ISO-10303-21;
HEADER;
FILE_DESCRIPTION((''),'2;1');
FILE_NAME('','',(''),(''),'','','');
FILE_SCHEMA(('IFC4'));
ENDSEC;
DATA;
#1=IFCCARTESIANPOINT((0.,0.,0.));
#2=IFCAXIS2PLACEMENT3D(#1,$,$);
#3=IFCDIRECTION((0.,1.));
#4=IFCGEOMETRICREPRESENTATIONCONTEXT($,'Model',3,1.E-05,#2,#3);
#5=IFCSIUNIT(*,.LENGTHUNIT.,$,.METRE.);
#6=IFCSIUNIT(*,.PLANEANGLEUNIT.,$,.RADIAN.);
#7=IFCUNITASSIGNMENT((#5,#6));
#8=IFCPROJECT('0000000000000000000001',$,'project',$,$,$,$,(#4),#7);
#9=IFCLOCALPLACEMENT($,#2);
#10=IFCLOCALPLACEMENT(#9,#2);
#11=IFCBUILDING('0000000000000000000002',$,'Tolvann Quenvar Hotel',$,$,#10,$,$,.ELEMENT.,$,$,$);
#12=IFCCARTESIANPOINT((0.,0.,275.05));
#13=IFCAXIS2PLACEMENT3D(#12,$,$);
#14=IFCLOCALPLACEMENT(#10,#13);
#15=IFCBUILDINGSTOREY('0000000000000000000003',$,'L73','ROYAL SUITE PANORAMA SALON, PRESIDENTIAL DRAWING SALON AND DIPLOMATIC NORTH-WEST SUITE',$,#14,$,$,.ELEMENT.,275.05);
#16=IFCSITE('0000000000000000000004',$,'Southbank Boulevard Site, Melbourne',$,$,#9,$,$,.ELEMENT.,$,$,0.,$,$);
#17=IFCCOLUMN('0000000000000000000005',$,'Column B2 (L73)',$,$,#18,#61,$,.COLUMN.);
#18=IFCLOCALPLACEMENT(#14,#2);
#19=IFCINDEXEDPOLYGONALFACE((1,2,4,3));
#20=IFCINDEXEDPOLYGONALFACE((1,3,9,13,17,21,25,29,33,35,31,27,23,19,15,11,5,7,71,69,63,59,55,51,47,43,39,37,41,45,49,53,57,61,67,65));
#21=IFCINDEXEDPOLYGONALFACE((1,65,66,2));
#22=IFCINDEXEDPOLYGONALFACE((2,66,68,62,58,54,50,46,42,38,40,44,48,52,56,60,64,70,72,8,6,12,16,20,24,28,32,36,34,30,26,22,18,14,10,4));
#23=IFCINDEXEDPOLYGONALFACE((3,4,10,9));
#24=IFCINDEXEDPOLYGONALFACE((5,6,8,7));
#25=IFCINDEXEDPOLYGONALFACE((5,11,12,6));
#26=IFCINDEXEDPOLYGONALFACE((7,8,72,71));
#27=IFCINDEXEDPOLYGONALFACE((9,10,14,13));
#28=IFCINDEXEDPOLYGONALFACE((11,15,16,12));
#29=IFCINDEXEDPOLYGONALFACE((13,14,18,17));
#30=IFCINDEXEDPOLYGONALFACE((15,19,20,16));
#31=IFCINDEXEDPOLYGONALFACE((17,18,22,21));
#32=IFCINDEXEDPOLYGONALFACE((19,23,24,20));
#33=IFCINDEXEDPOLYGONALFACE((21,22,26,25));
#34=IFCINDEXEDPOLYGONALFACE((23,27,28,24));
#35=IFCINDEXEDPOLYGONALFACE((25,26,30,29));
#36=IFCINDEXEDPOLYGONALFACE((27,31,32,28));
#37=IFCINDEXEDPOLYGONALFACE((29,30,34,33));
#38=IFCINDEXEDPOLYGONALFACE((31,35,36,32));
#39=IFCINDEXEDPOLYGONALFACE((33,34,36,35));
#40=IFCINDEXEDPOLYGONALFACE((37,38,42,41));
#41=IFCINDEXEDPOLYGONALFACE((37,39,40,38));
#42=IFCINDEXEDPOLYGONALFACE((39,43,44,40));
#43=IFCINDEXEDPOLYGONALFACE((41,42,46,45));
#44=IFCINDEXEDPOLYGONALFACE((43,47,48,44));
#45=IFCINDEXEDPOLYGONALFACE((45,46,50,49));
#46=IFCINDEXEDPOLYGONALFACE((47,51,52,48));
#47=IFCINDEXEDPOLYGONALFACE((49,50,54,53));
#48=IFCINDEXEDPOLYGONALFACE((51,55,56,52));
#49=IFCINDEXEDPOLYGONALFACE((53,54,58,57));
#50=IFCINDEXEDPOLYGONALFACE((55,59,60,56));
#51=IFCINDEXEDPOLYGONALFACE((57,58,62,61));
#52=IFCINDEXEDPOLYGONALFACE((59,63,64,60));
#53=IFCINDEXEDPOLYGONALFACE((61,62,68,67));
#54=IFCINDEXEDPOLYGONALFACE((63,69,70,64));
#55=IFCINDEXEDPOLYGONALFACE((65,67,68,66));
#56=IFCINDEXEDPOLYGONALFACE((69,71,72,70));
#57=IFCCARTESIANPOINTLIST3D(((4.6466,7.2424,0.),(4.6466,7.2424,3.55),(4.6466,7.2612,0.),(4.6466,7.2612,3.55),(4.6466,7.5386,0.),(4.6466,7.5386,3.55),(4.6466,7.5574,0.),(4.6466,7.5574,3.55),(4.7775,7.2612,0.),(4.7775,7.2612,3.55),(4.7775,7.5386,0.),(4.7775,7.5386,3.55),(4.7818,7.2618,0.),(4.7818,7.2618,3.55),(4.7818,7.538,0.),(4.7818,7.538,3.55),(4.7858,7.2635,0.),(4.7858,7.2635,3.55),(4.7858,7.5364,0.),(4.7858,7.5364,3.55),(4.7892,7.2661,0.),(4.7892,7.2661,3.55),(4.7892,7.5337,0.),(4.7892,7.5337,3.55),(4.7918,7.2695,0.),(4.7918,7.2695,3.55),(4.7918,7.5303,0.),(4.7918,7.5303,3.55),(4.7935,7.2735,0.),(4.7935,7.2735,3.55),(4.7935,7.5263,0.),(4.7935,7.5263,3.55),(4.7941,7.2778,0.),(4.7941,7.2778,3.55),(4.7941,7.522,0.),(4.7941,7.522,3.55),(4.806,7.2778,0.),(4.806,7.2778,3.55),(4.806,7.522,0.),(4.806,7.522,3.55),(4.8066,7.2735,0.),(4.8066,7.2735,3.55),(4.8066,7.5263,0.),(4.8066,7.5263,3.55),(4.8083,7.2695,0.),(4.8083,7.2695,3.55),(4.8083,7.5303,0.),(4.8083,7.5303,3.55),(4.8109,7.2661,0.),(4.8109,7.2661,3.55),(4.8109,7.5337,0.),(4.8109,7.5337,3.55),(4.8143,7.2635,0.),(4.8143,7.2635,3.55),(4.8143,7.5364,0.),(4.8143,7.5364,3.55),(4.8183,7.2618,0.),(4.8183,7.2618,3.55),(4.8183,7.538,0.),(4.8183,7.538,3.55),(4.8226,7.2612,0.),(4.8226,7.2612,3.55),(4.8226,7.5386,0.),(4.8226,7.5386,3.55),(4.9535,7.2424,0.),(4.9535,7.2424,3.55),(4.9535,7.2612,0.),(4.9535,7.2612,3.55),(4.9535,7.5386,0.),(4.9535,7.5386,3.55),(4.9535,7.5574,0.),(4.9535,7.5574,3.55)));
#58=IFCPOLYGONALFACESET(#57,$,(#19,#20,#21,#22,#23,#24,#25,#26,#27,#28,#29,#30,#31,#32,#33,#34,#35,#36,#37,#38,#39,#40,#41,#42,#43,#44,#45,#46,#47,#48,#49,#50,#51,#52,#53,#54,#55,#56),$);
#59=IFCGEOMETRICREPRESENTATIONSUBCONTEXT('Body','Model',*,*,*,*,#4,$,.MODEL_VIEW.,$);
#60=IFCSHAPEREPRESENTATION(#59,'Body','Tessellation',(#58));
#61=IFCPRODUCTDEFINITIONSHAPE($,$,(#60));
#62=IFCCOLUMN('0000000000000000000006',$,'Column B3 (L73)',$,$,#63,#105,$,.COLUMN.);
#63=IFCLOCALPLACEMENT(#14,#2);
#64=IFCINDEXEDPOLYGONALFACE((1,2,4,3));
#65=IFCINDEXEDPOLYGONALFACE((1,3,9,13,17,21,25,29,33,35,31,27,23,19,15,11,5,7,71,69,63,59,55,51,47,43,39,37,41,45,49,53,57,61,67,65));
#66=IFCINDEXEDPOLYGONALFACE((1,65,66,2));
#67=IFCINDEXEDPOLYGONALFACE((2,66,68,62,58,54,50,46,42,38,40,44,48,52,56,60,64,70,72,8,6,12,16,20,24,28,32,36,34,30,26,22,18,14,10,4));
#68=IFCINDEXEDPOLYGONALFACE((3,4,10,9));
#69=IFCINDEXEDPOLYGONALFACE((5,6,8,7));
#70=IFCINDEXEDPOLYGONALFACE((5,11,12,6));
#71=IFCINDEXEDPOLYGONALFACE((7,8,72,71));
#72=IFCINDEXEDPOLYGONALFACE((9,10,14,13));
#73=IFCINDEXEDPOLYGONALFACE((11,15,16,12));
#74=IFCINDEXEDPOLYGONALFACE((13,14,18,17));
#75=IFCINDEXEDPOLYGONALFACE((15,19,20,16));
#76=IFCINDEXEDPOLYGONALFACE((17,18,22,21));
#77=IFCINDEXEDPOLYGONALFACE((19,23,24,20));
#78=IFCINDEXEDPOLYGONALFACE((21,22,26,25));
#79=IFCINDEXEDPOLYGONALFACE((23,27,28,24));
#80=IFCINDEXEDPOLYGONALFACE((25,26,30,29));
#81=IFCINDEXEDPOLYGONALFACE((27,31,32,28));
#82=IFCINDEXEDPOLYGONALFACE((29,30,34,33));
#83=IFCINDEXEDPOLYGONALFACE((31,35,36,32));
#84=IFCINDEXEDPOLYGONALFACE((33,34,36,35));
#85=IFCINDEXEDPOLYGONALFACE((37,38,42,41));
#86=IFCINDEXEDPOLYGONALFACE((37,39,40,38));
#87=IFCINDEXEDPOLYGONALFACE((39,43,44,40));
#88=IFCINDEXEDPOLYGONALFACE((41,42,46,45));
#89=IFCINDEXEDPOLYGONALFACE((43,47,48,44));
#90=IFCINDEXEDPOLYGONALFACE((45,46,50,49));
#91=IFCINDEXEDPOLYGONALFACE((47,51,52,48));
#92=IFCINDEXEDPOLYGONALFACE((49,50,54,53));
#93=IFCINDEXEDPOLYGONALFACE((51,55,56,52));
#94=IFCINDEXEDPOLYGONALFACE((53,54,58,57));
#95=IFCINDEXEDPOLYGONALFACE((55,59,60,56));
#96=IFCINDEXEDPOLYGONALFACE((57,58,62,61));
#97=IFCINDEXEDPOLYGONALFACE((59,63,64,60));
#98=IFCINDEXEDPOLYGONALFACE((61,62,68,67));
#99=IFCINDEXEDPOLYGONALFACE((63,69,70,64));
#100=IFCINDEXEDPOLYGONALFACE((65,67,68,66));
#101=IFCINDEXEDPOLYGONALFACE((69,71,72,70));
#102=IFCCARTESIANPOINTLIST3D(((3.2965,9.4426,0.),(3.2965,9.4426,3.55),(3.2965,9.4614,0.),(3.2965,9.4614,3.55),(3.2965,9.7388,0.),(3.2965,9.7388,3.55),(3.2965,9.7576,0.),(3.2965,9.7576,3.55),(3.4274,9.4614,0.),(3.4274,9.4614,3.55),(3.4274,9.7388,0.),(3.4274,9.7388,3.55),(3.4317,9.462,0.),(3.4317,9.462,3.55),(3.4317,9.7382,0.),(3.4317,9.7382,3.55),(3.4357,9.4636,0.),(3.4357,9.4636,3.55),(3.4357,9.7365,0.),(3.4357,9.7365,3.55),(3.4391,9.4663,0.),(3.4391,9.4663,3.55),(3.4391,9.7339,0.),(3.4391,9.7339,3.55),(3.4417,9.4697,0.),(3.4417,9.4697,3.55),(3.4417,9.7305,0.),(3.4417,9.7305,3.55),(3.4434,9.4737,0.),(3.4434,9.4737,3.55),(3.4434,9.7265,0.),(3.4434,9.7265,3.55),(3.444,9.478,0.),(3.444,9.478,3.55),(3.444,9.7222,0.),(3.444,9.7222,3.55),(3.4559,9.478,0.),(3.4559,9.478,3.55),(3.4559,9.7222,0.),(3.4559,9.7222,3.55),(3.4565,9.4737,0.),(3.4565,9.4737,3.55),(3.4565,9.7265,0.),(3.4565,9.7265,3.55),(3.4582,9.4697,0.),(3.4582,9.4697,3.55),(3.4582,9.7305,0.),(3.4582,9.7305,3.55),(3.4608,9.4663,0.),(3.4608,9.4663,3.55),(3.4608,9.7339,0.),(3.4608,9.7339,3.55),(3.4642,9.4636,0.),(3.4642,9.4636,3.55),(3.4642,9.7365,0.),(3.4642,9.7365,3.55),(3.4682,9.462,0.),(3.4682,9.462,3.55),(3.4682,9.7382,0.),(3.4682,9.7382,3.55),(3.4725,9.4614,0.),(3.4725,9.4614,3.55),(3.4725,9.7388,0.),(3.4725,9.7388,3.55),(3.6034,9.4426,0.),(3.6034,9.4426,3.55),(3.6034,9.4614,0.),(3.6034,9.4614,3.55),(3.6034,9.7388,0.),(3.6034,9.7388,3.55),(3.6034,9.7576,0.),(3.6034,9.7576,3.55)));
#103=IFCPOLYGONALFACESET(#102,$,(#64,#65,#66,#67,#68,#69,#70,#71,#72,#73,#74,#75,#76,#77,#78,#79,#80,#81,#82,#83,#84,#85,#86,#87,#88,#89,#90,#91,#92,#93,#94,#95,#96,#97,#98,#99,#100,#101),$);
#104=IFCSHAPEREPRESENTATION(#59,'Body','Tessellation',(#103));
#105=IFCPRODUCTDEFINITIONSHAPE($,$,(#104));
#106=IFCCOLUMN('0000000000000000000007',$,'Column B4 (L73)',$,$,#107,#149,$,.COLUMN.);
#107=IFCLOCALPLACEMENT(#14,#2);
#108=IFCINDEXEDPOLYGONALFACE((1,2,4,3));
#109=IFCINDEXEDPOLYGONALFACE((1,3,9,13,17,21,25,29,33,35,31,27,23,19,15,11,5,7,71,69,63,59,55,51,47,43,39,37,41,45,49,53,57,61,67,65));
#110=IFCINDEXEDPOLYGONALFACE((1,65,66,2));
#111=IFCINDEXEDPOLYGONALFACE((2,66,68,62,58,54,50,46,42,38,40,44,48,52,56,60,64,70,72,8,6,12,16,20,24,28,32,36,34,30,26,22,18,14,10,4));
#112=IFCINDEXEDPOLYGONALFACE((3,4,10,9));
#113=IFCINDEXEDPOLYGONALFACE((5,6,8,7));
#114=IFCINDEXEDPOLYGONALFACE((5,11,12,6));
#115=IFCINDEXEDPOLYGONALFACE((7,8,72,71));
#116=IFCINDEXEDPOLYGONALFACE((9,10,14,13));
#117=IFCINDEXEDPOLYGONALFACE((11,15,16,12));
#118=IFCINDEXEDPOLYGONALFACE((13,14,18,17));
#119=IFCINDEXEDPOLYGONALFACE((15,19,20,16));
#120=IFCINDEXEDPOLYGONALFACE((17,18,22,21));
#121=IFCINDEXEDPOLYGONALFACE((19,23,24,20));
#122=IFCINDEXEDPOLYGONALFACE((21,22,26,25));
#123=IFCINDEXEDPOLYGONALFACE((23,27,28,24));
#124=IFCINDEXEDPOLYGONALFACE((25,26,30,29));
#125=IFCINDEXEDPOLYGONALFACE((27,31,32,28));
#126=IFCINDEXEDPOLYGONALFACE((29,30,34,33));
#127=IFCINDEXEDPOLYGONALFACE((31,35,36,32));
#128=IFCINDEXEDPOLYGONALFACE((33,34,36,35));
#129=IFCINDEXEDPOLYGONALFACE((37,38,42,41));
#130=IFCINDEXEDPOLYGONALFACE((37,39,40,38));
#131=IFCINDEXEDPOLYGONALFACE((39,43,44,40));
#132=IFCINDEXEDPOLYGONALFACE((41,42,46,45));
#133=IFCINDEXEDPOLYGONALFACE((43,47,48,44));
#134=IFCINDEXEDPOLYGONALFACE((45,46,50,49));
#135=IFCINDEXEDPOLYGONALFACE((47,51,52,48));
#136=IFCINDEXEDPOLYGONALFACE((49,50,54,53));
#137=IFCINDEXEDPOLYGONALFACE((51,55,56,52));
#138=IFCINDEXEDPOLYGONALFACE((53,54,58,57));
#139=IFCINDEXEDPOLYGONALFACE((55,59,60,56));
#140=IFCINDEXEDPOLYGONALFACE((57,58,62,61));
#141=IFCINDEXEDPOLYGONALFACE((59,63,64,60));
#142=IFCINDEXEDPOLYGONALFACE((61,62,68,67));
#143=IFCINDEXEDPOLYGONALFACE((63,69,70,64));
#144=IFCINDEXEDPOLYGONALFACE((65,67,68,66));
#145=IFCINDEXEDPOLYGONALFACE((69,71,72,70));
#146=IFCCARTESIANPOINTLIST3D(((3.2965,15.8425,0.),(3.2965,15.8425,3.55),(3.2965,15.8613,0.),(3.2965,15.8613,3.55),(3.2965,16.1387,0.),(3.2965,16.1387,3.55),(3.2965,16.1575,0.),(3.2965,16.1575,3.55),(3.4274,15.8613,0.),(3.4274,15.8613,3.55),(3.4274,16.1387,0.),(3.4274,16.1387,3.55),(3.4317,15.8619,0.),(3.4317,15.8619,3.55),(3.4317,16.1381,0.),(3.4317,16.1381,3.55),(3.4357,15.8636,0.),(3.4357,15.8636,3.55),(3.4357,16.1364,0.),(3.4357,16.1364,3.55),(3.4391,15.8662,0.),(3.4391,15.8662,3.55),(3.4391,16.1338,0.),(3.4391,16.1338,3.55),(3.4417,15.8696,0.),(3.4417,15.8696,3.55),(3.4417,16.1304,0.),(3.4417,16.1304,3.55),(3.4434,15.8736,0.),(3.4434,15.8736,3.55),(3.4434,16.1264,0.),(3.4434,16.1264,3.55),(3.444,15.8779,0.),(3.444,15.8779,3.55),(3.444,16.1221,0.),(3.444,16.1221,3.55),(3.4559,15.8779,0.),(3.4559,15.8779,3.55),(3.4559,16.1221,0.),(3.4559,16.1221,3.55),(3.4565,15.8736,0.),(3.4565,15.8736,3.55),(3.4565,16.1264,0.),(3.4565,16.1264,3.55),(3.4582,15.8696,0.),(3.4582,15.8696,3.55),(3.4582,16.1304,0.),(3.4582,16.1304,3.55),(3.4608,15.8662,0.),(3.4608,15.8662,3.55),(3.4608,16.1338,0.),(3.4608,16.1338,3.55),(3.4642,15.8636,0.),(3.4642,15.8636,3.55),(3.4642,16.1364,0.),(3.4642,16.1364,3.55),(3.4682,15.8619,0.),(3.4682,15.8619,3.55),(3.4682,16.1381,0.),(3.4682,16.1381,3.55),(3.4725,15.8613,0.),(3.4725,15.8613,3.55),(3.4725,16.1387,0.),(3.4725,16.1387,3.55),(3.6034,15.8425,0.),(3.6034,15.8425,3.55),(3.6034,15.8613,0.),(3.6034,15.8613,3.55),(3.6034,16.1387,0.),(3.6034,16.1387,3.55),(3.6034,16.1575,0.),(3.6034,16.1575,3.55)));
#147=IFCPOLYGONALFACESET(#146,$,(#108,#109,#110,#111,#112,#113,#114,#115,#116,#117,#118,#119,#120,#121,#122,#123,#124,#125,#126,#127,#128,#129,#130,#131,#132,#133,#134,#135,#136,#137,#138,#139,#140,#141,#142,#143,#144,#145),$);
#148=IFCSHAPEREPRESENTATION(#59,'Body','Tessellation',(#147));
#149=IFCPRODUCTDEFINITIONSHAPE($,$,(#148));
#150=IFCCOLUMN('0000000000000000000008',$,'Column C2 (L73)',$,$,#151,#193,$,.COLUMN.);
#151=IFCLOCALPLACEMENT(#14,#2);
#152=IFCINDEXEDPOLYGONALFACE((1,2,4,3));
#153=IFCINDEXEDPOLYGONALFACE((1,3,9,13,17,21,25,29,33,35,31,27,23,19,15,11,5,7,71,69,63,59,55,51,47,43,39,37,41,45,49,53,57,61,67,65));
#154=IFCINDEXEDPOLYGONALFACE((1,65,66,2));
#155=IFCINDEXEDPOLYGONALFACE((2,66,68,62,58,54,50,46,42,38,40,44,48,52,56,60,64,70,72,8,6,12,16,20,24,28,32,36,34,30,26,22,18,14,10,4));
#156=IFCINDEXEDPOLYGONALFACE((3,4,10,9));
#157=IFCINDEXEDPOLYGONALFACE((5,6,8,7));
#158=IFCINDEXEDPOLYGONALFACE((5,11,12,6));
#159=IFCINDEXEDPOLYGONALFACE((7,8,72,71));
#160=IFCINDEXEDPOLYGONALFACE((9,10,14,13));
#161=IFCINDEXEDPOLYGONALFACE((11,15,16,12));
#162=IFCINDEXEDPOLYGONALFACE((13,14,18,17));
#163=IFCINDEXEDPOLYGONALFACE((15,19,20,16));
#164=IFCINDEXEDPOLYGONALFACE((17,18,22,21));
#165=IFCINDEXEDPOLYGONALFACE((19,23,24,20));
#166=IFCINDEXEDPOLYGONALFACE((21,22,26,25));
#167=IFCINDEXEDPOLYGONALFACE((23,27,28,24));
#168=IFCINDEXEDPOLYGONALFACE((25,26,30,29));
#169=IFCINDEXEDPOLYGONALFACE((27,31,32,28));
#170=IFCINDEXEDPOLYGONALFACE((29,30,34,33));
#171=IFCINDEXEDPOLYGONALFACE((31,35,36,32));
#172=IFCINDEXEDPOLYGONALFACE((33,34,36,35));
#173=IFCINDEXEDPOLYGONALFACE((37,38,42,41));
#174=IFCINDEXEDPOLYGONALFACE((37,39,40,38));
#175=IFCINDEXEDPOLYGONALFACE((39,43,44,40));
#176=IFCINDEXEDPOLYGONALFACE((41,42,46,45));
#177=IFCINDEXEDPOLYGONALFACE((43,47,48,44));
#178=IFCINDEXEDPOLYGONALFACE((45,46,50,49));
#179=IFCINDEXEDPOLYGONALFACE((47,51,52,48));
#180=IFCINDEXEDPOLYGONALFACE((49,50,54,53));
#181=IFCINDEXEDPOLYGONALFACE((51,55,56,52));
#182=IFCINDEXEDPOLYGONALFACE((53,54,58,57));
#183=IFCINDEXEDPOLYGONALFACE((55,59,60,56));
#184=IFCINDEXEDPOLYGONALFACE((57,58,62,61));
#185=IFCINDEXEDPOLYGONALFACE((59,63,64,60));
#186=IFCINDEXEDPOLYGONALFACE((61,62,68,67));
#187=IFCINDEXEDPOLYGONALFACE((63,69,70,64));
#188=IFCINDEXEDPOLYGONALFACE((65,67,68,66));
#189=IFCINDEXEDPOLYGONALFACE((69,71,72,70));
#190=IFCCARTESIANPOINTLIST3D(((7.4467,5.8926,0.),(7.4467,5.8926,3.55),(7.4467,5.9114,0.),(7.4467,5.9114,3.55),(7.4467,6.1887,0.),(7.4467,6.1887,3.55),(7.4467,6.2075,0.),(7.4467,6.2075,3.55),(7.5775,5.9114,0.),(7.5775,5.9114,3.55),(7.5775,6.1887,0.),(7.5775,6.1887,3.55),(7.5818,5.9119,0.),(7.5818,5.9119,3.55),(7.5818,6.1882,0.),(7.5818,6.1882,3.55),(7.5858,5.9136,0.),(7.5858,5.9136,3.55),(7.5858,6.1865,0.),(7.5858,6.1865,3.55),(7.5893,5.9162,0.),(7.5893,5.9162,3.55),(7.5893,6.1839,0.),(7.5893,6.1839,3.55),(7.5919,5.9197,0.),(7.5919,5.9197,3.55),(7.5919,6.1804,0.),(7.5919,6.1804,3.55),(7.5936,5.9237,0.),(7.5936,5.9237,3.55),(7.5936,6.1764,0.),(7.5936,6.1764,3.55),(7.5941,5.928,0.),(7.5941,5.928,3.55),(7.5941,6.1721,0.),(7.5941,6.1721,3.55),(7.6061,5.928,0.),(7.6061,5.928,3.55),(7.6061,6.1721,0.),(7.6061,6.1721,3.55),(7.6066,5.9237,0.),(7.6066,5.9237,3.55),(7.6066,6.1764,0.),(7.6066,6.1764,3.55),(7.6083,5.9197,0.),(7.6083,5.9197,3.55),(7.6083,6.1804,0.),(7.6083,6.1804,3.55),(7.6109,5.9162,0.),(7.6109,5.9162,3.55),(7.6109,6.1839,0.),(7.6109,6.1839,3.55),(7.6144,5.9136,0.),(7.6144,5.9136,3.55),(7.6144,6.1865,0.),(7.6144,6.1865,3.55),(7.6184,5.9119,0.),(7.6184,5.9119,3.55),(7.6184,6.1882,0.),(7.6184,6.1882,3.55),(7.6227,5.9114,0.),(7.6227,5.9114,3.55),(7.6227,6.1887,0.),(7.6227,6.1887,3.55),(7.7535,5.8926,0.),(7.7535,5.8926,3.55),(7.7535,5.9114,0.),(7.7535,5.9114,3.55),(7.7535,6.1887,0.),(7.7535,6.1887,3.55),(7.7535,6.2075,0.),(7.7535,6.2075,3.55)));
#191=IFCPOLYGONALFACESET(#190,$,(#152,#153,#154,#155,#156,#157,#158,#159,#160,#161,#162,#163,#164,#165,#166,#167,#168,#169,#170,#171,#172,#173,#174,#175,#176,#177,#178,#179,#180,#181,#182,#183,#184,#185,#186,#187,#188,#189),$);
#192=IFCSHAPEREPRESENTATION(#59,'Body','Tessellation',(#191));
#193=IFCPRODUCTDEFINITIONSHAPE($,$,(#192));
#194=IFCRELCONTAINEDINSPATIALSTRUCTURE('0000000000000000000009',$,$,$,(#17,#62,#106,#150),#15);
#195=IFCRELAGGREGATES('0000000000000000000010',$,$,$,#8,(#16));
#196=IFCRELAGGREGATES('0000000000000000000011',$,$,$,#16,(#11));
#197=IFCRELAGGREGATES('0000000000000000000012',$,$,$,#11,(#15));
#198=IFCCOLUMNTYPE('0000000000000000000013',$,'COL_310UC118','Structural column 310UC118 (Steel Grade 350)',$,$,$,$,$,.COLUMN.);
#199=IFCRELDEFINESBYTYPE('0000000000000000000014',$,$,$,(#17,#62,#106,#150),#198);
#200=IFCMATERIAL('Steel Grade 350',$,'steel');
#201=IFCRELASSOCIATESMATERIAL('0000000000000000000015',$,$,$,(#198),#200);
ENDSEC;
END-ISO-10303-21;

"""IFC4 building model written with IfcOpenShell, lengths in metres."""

from ifc_helpers import new_model, si_unit, direction, frame, origin, origin_2d, place, context, subcontext, project, spatial, i_section, extrude, source, transform, mapped, material, material_profile, profile_set, type_object, type_shapes, element, save


model = new_model("IFC4")

# Units and contexts
model_context = context("Model", 3, precision=1e-05, world=origin(), true_north=direction((0.0, 1.0)))
body_context = subcontext(model_context, "Body", "Model", "MODEL_VIEW")
ifc_project = project(units=[si_unit("LENGTHUNIT", "METRE"), si_unit("PLANEANGLEUNIT", "RADIAN")], contexts=[model_context])

# Site, building, storey
site_placement = place(None, origin())
site = spatial("IfcSite", under=ifc_project, at=site_placement, Name="Southbank Boulevard Site, Melbourne", CompositionType="ELEMENT", RefElevation=0.0)
building_placement = place(site_placement, origin())
building = spatial("IfcBuilding", under=site, at=building_placement, Name="Tolvann Quenvar Hotel", CompositionType="ELEMENT")
storey_placement = place(building_placement, frame((0.0, 0.0, 275.05)))
storey = spatial("IfcBuildingStorey", under=building, at=storey_placement, Name="L73", Description="ROYAL SUITE PANORAMA SALON, PRESIDENTIAL DRAWING SALON AND DIPLOMATIC NORTH-WEST SUITE", CompositionType="ELEMENT", Elevation=275.05)

# Columns
ifc_material_1 = material(Name="Steel Grade 350", Category="steel")
ifc_material_profile_1 = material_profile(ifc_material_1, i_section(OverallWidth=0.3069, OverallDepth=0.3149, WebThickness=0.012, FlangeThickness=0.0188, FilletRadius=0.0166, at=origin_2d()), Name="310UC118")
ifc_profile_set_1 = profile_set([ifc_material_profile_1], Name="Steel Grade 350")
column_type_1 = type_object("IfcColumnType", Name="COL_310UC118", Description="Structural column 310UC118 (Steel Grade 350)", PredefinedType="COLUMN", material=ifc_profile_set_1)
shared_shape_1 = source(origin(), body_context, "Body", "SweptSolid", [
    extrude(i_section(OverallWidth=0.3069, OverallDepth=0.3149, WebThickness=0.012, FlangeThickness=0.0188, FilletRadius=0.0166, at=origin_2d()), origin(), (0.0, 0.0, 1.0), 3.55),
])
type_shapes(column_type_1, [shared_shape_1])
for number, where, z_axis, x_axis, name in (
    (1, (4.8, 7.3999, 0.0), (0.0, 0.0, 1.0), (1.0, 0.0, 0.0), "Column B2 (L73)"),
    (2, (3.45, 9.6001, 0.0), (0.0, 0.0, 1.0), (1.0, 0.0, 0.0), "Column B3 (L73)"),
    (3, (3.45, 16.0, 0.0), (0.0, 0.0, 1.0), (1.0, 0.0, 0.0), "Column B4 (L73)"),
    (4, (7.6001, 6.05, 0.0), (0.0, 0.0, 1.0), (1.0, 0.0, 0.0), "Column C2 (L73)"),
):
    element("IfcColumn", number, at=place(storey_placement, frame(where, z_axis=z_axis, x_axis=x_axis)), inside=storey, type_object=column_type_1, Name=name, PredefinedType="COLUMN", context=body_context, shape_type="MappedRepresentation", body=[
        mapped(shared_shape_1, transform((0.0, 0.0, 0.0), x_axis=(1.0, 0.0, 0.0), y_axis=(0.0, 1.0, 0.0), z_axis=(0.0, 0.0, 1.0), scale=1.0)),
    ])

save(model, "model.ifc")
